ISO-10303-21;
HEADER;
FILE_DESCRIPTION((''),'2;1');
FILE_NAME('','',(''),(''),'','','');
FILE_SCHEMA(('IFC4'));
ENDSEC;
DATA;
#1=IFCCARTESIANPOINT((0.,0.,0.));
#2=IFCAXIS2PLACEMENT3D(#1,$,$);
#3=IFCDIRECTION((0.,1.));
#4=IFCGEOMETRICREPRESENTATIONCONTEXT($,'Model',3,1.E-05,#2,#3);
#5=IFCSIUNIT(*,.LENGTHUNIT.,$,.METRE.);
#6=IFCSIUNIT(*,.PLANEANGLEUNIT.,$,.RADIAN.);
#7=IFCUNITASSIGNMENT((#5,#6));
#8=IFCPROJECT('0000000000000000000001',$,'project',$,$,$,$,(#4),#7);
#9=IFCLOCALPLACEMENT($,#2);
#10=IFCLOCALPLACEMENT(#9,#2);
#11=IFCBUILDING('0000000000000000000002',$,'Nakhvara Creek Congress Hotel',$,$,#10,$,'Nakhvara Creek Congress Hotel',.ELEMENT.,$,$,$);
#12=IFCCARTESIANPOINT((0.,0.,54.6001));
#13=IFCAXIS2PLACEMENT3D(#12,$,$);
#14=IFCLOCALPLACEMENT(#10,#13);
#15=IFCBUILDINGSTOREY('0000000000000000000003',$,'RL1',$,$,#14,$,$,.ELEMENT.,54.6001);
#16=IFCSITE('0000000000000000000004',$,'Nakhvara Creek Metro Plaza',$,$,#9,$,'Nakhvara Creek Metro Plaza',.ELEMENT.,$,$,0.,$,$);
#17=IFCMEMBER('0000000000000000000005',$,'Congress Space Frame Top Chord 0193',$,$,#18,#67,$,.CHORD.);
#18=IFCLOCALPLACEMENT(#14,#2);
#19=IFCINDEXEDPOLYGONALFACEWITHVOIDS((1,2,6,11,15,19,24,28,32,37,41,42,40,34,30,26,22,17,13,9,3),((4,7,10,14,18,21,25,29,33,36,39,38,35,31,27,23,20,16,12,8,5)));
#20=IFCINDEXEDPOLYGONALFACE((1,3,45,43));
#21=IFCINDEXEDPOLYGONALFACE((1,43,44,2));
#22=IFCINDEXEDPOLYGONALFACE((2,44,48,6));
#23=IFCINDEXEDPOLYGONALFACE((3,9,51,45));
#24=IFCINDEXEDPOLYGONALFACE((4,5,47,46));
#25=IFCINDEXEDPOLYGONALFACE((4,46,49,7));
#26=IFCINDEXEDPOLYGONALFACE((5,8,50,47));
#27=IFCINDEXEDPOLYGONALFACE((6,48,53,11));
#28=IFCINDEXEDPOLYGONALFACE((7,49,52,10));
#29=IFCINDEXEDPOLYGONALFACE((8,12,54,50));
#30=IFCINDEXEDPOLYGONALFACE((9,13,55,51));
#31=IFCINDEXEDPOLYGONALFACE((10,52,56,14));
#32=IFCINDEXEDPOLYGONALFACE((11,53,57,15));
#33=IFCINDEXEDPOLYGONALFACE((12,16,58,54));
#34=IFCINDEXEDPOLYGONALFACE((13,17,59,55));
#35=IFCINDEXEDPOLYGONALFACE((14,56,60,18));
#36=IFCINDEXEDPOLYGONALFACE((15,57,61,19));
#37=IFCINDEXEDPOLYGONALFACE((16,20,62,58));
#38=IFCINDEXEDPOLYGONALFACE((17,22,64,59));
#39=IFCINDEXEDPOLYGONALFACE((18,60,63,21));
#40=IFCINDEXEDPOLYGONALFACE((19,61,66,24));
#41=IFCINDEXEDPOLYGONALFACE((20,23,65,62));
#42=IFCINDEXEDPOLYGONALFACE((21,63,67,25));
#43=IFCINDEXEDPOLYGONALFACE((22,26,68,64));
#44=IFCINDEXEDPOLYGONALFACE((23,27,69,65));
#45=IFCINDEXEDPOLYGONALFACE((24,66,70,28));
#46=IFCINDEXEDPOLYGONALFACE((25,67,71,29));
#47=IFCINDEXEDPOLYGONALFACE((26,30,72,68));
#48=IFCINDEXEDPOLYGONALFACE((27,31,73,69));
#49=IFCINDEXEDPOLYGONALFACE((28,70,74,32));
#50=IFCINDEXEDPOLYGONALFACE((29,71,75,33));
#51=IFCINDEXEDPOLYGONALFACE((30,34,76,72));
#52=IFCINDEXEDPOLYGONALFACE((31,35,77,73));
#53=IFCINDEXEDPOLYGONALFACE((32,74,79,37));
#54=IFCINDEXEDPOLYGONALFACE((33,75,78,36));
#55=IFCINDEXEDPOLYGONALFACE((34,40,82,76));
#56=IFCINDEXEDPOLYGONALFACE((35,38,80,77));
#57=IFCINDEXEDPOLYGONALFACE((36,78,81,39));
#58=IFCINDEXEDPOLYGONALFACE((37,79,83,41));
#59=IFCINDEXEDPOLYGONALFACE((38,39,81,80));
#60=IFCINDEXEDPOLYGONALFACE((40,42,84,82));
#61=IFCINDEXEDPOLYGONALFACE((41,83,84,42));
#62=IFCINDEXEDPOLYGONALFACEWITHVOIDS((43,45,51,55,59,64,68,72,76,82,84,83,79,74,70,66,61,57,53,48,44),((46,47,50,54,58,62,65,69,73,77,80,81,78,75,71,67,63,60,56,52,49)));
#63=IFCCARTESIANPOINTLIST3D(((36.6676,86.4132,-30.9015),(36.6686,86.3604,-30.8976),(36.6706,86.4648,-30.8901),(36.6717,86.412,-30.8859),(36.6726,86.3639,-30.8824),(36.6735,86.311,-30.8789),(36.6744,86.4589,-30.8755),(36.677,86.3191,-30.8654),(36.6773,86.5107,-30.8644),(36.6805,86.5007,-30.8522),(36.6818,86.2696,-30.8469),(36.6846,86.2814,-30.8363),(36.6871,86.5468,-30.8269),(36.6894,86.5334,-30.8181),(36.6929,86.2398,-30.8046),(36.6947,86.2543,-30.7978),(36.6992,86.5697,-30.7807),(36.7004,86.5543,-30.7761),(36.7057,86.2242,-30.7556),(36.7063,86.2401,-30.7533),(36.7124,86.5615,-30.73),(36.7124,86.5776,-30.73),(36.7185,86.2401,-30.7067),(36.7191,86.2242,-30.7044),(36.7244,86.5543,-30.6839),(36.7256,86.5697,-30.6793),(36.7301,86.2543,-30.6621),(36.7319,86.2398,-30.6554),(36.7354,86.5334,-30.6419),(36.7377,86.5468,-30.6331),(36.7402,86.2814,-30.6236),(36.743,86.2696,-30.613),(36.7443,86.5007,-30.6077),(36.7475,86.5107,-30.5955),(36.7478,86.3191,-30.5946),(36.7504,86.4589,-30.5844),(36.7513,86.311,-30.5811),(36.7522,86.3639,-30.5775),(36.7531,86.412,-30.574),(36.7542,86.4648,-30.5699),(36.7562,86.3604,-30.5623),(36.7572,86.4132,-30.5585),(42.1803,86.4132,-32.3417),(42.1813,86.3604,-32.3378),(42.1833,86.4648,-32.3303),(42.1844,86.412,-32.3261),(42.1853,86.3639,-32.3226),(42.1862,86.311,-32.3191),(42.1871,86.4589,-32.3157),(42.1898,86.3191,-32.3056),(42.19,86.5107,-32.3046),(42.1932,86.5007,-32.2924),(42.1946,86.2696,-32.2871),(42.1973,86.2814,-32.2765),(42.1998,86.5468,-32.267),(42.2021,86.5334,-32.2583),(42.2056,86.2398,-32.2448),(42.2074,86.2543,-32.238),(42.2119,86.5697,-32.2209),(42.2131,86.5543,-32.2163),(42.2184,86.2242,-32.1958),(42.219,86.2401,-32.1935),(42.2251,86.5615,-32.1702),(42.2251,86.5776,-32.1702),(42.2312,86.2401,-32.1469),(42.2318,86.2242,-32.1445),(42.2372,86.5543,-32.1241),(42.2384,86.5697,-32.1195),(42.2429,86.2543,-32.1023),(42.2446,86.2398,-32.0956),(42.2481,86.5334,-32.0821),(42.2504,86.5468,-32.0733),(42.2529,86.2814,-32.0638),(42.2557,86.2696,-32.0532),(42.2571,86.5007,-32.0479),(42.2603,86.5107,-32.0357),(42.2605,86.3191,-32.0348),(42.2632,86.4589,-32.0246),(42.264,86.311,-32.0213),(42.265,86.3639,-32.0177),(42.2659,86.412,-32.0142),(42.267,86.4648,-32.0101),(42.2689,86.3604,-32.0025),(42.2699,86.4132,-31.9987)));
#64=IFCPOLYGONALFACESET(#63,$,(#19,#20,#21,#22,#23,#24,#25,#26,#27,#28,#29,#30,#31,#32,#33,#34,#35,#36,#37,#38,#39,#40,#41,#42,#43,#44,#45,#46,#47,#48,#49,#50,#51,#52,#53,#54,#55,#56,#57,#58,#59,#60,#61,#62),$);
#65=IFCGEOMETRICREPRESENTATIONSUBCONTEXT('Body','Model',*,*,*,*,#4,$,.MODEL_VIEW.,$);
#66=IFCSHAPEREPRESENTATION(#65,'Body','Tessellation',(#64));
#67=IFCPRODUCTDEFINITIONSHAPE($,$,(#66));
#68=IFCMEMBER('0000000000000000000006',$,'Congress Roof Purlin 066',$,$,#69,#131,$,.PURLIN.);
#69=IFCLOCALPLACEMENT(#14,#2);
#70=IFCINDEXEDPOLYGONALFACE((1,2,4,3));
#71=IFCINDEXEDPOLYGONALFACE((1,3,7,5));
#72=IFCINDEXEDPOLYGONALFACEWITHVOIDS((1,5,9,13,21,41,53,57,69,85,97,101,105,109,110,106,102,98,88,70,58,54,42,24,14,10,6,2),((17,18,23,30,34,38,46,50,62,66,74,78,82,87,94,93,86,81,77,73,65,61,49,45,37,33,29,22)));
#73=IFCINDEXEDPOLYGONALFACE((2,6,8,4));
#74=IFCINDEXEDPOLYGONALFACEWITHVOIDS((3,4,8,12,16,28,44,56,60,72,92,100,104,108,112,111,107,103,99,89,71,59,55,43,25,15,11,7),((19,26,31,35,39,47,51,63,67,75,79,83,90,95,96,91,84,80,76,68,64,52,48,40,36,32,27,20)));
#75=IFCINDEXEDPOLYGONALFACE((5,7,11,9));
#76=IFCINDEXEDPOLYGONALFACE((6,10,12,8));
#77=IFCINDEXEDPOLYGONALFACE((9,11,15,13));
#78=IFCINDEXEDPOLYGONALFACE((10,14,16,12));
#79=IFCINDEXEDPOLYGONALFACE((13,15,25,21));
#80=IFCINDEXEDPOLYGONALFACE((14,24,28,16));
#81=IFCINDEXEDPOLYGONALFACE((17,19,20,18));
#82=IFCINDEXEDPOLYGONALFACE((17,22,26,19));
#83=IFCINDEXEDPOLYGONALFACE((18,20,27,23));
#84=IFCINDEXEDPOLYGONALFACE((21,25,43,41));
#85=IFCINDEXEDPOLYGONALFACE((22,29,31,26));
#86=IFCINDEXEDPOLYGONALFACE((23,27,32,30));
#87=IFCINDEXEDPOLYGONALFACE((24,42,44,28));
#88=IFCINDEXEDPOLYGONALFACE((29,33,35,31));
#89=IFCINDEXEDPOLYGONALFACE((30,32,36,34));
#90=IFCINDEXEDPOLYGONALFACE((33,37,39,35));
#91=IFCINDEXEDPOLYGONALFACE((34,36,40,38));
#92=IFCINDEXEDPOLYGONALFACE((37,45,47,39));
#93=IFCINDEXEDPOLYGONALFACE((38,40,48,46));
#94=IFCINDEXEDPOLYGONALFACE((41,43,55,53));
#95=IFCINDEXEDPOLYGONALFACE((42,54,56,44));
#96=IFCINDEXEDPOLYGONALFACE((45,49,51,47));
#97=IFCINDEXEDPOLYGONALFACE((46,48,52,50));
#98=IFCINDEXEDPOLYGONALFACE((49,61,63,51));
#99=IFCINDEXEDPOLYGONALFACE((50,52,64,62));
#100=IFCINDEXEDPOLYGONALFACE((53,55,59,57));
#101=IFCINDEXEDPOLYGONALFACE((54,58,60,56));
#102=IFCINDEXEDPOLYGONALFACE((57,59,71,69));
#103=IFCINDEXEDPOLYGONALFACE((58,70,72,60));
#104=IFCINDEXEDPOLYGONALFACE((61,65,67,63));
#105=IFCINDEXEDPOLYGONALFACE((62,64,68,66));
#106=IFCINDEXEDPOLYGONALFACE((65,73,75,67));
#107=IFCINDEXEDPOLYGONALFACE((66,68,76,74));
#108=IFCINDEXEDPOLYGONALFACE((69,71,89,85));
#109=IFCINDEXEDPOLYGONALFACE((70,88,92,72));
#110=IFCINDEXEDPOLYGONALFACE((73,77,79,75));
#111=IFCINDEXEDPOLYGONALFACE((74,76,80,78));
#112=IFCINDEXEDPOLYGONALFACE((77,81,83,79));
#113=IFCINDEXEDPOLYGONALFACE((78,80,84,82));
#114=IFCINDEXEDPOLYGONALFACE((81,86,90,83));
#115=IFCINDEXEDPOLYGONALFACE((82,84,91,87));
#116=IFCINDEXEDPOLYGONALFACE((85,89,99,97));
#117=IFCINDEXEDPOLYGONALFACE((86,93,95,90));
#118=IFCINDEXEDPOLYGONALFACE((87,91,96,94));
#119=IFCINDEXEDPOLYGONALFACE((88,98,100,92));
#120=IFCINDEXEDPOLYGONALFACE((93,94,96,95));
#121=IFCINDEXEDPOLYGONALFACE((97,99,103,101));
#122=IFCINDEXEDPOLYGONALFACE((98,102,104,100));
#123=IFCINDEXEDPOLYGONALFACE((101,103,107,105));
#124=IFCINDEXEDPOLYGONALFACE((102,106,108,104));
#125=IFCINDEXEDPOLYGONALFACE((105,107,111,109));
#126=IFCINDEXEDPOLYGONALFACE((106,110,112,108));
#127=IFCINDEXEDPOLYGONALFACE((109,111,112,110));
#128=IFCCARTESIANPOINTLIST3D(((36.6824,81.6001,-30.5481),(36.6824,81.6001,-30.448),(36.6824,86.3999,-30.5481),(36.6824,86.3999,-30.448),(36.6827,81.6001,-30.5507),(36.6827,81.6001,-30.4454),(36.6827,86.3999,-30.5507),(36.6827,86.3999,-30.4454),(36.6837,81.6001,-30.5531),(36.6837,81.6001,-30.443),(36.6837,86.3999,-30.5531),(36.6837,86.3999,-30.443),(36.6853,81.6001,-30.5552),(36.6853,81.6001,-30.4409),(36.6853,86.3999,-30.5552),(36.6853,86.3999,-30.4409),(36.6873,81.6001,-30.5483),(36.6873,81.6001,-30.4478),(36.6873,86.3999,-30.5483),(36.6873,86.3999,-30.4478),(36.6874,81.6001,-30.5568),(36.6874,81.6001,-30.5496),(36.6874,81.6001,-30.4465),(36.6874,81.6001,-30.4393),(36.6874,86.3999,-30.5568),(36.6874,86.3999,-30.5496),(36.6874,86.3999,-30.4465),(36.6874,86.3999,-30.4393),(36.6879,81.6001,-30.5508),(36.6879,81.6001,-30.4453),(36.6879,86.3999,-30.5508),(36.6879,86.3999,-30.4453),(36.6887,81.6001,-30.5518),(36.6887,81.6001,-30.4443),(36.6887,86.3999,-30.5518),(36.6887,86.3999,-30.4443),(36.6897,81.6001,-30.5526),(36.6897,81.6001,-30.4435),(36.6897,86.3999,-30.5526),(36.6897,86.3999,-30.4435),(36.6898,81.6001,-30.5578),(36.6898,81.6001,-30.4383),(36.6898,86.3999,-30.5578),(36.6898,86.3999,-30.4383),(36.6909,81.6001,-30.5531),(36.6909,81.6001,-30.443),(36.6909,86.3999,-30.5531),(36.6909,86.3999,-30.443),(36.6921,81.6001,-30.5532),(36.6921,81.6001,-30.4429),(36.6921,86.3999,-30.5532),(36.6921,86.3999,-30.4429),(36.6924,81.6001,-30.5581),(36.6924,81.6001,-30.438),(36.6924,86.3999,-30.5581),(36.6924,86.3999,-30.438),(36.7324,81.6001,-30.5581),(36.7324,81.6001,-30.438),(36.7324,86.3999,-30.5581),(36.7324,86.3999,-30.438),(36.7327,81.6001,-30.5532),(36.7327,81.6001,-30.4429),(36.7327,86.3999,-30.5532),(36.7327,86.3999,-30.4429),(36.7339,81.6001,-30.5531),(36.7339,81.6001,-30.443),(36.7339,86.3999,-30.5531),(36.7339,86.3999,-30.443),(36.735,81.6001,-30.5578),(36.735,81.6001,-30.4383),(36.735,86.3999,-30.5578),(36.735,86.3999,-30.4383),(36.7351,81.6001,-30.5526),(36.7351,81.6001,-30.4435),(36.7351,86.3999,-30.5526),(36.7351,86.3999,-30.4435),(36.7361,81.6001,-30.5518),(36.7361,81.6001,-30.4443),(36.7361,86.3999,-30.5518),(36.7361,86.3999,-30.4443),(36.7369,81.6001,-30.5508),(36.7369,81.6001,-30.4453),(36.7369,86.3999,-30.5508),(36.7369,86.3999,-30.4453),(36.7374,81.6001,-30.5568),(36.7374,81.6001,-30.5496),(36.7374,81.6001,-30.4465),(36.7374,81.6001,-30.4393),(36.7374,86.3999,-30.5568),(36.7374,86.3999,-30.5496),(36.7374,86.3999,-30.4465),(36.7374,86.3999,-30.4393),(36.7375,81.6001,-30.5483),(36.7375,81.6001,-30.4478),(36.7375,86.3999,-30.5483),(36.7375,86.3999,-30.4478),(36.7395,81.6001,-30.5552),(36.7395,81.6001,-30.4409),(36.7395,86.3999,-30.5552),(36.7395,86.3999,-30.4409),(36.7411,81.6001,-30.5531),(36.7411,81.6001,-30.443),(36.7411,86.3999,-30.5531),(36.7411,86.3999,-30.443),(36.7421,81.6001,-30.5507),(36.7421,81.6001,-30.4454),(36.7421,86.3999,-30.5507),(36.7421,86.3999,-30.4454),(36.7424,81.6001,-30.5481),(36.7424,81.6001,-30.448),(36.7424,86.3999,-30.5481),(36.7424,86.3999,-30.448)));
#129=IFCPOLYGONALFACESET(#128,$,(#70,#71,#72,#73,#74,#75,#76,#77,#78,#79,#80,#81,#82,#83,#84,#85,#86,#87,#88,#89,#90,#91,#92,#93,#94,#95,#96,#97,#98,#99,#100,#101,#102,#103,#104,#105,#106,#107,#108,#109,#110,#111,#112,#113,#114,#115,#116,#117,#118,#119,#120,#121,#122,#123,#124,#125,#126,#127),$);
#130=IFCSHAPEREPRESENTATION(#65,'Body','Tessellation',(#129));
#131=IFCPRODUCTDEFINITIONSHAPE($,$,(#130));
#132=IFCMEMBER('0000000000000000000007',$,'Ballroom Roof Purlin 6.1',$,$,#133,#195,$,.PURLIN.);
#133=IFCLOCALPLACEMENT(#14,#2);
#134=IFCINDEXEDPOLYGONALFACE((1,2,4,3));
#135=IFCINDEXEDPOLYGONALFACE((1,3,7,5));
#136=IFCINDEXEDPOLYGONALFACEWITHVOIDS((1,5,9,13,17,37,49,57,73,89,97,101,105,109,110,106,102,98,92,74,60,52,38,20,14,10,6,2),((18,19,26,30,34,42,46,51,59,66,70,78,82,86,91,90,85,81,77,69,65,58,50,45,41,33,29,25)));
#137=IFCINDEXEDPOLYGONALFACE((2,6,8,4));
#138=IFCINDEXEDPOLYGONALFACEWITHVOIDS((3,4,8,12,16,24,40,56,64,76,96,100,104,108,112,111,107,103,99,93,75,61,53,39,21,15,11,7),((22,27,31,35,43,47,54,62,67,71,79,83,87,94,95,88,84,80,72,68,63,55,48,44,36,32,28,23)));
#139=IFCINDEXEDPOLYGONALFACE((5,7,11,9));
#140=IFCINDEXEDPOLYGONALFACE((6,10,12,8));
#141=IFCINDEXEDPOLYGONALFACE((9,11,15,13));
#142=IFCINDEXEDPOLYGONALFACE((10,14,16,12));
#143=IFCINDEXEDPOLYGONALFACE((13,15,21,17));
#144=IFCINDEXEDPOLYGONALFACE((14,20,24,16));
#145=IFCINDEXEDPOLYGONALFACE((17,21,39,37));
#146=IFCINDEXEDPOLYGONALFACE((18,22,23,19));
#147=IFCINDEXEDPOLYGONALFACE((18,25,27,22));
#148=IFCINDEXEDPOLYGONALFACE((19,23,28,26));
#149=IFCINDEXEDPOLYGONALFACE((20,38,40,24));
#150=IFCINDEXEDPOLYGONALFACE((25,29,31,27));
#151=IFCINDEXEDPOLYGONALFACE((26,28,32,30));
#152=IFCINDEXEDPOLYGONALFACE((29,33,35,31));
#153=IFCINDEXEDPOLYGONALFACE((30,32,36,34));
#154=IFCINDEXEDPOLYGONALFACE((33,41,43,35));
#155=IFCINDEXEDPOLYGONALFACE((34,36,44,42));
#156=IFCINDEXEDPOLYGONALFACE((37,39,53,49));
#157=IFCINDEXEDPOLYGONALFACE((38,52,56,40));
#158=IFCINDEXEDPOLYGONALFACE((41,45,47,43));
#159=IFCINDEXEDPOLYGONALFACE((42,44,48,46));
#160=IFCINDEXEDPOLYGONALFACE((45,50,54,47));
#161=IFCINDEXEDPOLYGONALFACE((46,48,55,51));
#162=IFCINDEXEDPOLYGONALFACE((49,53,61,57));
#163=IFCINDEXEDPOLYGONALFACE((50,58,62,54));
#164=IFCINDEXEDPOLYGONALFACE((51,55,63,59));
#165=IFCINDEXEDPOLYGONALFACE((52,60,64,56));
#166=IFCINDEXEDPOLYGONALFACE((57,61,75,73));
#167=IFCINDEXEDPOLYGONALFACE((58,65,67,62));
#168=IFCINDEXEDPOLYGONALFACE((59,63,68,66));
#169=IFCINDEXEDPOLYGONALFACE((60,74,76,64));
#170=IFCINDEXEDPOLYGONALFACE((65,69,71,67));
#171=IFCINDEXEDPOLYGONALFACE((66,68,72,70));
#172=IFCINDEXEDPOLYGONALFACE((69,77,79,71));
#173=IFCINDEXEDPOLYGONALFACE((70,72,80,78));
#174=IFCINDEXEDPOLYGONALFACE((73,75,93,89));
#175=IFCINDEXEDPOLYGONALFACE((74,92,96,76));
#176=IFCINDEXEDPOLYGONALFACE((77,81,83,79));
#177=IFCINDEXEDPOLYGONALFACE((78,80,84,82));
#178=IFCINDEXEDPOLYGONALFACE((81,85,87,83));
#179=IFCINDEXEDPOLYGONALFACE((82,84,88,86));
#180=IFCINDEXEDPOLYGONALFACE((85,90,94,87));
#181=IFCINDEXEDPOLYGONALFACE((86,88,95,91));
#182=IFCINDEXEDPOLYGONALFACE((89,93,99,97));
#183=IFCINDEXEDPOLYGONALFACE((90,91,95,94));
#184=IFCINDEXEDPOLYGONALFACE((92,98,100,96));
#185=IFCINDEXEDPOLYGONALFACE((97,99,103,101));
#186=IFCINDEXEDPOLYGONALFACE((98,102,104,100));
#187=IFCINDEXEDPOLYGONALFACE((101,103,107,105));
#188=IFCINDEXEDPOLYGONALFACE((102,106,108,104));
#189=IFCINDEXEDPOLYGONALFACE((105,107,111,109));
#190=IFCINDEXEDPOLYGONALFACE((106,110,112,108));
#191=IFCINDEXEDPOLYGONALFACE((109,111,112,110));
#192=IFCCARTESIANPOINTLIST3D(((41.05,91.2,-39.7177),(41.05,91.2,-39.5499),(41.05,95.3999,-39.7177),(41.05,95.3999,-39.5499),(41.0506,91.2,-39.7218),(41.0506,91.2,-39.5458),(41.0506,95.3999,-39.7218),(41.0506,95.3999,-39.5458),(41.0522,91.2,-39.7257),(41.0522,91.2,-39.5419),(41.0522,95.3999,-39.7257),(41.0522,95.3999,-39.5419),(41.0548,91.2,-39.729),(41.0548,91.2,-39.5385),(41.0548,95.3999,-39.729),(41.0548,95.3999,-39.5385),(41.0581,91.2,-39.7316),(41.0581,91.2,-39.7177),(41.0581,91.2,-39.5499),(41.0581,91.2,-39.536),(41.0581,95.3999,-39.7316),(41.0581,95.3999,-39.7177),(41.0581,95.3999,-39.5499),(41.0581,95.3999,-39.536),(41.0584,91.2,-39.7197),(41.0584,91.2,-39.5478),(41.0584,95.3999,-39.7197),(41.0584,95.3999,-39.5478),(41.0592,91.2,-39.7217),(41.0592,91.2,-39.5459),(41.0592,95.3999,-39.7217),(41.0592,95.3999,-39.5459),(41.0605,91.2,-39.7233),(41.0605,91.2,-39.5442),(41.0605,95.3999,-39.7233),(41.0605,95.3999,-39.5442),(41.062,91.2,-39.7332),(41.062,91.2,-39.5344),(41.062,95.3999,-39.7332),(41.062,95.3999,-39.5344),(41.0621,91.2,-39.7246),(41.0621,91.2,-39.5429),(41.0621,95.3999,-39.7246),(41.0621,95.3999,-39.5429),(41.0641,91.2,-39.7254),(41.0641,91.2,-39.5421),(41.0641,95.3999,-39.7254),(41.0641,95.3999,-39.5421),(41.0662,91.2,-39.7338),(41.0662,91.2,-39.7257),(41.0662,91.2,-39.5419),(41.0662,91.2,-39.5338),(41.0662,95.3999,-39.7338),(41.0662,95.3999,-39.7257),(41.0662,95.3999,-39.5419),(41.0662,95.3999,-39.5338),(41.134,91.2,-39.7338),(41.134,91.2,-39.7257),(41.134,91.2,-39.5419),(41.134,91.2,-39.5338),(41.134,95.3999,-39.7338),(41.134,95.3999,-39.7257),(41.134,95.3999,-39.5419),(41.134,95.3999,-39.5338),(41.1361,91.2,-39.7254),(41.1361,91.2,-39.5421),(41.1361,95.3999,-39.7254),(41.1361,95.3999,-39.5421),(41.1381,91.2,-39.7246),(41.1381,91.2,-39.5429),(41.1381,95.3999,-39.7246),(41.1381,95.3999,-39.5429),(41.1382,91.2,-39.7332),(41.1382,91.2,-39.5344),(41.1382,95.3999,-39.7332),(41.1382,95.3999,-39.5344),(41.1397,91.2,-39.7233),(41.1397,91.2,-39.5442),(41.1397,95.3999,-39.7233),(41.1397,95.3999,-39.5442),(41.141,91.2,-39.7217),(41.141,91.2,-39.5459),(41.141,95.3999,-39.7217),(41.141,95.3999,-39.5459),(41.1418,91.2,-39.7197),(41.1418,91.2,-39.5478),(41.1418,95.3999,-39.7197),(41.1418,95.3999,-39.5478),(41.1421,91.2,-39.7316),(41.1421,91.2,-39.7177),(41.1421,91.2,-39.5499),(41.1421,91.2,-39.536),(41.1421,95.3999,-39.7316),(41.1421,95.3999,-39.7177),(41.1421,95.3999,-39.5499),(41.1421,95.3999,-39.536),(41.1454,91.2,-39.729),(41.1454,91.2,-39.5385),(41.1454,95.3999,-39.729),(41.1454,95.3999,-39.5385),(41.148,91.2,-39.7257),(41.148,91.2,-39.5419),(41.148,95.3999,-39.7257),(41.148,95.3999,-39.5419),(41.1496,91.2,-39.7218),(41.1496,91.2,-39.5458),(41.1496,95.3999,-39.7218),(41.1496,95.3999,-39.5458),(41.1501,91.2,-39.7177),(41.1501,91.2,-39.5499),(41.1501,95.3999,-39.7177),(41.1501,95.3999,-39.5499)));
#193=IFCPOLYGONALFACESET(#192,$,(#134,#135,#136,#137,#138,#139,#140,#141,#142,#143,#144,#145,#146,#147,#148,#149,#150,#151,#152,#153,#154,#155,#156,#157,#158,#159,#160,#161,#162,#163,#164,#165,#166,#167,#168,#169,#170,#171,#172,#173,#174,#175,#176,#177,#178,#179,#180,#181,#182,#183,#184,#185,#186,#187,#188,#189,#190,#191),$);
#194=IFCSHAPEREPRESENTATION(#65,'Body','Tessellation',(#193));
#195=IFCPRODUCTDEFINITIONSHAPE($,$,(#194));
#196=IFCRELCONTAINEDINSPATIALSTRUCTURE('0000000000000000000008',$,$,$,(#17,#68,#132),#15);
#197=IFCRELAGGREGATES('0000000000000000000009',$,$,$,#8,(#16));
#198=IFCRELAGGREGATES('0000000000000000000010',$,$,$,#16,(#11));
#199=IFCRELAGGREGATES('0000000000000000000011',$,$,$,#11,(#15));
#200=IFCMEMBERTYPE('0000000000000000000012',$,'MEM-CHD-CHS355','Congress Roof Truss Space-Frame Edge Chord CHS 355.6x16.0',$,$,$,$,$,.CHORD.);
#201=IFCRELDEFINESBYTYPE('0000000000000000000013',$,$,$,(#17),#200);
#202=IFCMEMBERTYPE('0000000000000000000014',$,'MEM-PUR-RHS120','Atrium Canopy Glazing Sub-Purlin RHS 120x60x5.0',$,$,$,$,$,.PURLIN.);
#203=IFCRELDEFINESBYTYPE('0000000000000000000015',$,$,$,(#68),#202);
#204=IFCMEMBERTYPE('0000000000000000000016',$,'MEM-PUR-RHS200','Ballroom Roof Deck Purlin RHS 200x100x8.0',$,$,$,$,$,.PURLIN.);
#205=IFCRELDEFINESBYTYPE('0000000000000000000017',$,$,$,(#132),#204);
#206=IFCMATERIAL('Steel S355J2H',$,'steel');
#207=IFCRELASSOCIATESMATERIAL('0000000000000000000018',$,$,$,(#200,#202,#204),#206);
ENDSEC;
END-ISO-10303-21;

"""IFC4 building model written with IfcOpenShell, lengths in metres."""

from ifc_helpers import new_model, si_unit, direction, frame, origin, origin_2d, place, context, subcontext, project, spatial, hollow_rectangle, hollow_circle, extrude, material, material_profile, profile_set, type_object, element, save


model = new_model("IFC4")

# Units and contexts
model_context = context("Model", 3, precision=1e-05, world=origin(), true_north=direction((0.0, 1.0)))
body_context = subcontext(model_context, "Body", "Model", "MODEL_VIEW")
ifc_project = project(units=[si_unit("LENGTHUNIT", "METRE"), si_unit("PLANEANGLEUNIT", "RADIAN")], contexts=[model_context])

# Site, building, storey
site_placement = place(None, origin())
site = spatial("IfcSite", under=ifc_project, at=site_placement, Name="Nakhvara Creek Metro Plaza", LongName="Nakhvara Creek Metro Plaza", CompositionType="ELEMENT", RefElevation=0.0)
building_placement = place(site_placement, origin())
building = spatial("IfcBuilding", under=site, at=building_placement, Name="Nakhvara Creek Congress Hotel", LongName="Nakhvara Creek Congress Hotel", CompositionType="ELEMENT")
storey_placement = place(building_placement, frame((0.0, 0.0, 54.6001)))
storey = spatial("IfcBuildingStorey", under=building, at=storey_placement, Name="RL1", CompositionType="ELEMENT", Elevation=54.6001)

# Members
ifc_material_1 = material(Name="Steel S355J2H", Category="steel")
ifc_material_profile_1 = material_profile(ifc_material_1, hollow_circle(Radius=0.1777, WallThickness=0.0161, at=origin_2d()), Name="CHS 355.6x16.0", Category="LoadBearing")
ifc_profile_set_1 = profile_set([ifc_material_profile_1], Name="Steel S355J2H")
member_type_1 = type_object("IfcMemberType", Name="MEM-CHD-CHS355", Description="Congress Roof Truss Space-Frame Edge Chord CHS 355.6x16.0", PredefinedType="CHORD", material=ifc_profile_set_1)
member_1_placement = place(storey_placement, frame((36.7124, 86.3999, -30.73), z_axis=(0.967528, 0.0, -0.252766), x_axis=(0.0, 1.0, 0.0)))
element("IfcMember", 1, at=member_1_placement, inside=storey, type_object=member_type_1, Name="Congress Space Frame Top Chord 0193", PredefinedType="CHORD", context=body_context, shape_type="SweptSolid", body=[
    extrude(hollow_circle(Radius=0.1777, WallThickness=0.0161, at=origin_2d()), origin(), (0.0, 0.0, 1.0), 5.6978),
])
ifc_material_profile_2 = material_profile(ifc_material_1, hollow_rectangle(XDim=0.0601, YDim=0.1201, WallThickness=0.0049, InnerFilletRadius=0.0049, OuterFilletRadius=0.01, at=origin_2d()), Name="RHS 120x60x5.0", Category="LoadBearing")
ifc_profile_set_2 = profile_set([ifc_material_profile_2], Name="Steel S355J2H")
member_type_2 = type_object("IfcMemberType", Name="MEM-PUR-RHS120", Description="Atrium Canopy Glazing Sub-Purlin RHS 120x60x5.0", PredefinedType="PURLIN", material=ifc_profile_set_2)
member_2_placement = place(storey_placement, frame((36.7124, 81.6001, -30.498), z_axis=(0.0, 1.0, 0.0), x_axis=(-1.0, 0.0, 0.0)))
element("IfcMember", 2, at=member_2_placement, inside=storey, type_object=member_type_2, Name="Congress Roof Purlin 066", PredefinedType="PURLIN", context=body_context, shape_type="SweptSolid", body=[
    extrude(hollow_rectangle(XDim=0.0601, YDim=0.1201, WallThickness=0.0049, InnerFilletRadius=0.0049, OuterFilletRadius=0.01, at=origin_2d()), origin(), (0.0, 0.0, 1.0), 4.7998),
])
ifc_material_profile_3 = material_profile(ifc_material_1, hollow_rectangle(XDim=0.1001, YDim=0.2, WallThickness=0.0081, InnerFilletRadius=0.0081, OuterFilletRadius=0.0161, at=origin_2d()), Name="RHS 200x100x8.0", Category="LoadBearing")
ifc_profile_set_3 = profile_set([ifc_material_profile_3], Name="Steel S355J2H")
member_type_3 = type_object("IfcMemberType", Name="MEM-PUR-RHS200", Description="Ballroom Roof Deck Purlin RHS 200x100x8.0", PredefinedType="PURLIN", material=ifc_profile_set_3)
member_3_placement = place(storey_placement, frame((41.1001, 91.2, -39.6338), z_axis=(0.0, 1.0, 0.0), x_axis=(-1.0, 0.0, 0.0)))
element("IfcMember", 3, at=member_3_placement, inside=storey, type_object=member_type_3, Name="Ballroom Roof Purlin 6.1", PredefinedType="PURLIN", context=body_context, shape_type="SweptSolid", body=[
    extrude(hollow_rectangle(XDim=0.1001, YDim=0.2, WallThickness=0.0081, InnerFilletRadius=0.0081, OuterFilletRadius=0.0161, at=origin_2d()), origin(), (0.0, 0.0, 1.0), 4.2),
])

save(model, "model.ifc")
